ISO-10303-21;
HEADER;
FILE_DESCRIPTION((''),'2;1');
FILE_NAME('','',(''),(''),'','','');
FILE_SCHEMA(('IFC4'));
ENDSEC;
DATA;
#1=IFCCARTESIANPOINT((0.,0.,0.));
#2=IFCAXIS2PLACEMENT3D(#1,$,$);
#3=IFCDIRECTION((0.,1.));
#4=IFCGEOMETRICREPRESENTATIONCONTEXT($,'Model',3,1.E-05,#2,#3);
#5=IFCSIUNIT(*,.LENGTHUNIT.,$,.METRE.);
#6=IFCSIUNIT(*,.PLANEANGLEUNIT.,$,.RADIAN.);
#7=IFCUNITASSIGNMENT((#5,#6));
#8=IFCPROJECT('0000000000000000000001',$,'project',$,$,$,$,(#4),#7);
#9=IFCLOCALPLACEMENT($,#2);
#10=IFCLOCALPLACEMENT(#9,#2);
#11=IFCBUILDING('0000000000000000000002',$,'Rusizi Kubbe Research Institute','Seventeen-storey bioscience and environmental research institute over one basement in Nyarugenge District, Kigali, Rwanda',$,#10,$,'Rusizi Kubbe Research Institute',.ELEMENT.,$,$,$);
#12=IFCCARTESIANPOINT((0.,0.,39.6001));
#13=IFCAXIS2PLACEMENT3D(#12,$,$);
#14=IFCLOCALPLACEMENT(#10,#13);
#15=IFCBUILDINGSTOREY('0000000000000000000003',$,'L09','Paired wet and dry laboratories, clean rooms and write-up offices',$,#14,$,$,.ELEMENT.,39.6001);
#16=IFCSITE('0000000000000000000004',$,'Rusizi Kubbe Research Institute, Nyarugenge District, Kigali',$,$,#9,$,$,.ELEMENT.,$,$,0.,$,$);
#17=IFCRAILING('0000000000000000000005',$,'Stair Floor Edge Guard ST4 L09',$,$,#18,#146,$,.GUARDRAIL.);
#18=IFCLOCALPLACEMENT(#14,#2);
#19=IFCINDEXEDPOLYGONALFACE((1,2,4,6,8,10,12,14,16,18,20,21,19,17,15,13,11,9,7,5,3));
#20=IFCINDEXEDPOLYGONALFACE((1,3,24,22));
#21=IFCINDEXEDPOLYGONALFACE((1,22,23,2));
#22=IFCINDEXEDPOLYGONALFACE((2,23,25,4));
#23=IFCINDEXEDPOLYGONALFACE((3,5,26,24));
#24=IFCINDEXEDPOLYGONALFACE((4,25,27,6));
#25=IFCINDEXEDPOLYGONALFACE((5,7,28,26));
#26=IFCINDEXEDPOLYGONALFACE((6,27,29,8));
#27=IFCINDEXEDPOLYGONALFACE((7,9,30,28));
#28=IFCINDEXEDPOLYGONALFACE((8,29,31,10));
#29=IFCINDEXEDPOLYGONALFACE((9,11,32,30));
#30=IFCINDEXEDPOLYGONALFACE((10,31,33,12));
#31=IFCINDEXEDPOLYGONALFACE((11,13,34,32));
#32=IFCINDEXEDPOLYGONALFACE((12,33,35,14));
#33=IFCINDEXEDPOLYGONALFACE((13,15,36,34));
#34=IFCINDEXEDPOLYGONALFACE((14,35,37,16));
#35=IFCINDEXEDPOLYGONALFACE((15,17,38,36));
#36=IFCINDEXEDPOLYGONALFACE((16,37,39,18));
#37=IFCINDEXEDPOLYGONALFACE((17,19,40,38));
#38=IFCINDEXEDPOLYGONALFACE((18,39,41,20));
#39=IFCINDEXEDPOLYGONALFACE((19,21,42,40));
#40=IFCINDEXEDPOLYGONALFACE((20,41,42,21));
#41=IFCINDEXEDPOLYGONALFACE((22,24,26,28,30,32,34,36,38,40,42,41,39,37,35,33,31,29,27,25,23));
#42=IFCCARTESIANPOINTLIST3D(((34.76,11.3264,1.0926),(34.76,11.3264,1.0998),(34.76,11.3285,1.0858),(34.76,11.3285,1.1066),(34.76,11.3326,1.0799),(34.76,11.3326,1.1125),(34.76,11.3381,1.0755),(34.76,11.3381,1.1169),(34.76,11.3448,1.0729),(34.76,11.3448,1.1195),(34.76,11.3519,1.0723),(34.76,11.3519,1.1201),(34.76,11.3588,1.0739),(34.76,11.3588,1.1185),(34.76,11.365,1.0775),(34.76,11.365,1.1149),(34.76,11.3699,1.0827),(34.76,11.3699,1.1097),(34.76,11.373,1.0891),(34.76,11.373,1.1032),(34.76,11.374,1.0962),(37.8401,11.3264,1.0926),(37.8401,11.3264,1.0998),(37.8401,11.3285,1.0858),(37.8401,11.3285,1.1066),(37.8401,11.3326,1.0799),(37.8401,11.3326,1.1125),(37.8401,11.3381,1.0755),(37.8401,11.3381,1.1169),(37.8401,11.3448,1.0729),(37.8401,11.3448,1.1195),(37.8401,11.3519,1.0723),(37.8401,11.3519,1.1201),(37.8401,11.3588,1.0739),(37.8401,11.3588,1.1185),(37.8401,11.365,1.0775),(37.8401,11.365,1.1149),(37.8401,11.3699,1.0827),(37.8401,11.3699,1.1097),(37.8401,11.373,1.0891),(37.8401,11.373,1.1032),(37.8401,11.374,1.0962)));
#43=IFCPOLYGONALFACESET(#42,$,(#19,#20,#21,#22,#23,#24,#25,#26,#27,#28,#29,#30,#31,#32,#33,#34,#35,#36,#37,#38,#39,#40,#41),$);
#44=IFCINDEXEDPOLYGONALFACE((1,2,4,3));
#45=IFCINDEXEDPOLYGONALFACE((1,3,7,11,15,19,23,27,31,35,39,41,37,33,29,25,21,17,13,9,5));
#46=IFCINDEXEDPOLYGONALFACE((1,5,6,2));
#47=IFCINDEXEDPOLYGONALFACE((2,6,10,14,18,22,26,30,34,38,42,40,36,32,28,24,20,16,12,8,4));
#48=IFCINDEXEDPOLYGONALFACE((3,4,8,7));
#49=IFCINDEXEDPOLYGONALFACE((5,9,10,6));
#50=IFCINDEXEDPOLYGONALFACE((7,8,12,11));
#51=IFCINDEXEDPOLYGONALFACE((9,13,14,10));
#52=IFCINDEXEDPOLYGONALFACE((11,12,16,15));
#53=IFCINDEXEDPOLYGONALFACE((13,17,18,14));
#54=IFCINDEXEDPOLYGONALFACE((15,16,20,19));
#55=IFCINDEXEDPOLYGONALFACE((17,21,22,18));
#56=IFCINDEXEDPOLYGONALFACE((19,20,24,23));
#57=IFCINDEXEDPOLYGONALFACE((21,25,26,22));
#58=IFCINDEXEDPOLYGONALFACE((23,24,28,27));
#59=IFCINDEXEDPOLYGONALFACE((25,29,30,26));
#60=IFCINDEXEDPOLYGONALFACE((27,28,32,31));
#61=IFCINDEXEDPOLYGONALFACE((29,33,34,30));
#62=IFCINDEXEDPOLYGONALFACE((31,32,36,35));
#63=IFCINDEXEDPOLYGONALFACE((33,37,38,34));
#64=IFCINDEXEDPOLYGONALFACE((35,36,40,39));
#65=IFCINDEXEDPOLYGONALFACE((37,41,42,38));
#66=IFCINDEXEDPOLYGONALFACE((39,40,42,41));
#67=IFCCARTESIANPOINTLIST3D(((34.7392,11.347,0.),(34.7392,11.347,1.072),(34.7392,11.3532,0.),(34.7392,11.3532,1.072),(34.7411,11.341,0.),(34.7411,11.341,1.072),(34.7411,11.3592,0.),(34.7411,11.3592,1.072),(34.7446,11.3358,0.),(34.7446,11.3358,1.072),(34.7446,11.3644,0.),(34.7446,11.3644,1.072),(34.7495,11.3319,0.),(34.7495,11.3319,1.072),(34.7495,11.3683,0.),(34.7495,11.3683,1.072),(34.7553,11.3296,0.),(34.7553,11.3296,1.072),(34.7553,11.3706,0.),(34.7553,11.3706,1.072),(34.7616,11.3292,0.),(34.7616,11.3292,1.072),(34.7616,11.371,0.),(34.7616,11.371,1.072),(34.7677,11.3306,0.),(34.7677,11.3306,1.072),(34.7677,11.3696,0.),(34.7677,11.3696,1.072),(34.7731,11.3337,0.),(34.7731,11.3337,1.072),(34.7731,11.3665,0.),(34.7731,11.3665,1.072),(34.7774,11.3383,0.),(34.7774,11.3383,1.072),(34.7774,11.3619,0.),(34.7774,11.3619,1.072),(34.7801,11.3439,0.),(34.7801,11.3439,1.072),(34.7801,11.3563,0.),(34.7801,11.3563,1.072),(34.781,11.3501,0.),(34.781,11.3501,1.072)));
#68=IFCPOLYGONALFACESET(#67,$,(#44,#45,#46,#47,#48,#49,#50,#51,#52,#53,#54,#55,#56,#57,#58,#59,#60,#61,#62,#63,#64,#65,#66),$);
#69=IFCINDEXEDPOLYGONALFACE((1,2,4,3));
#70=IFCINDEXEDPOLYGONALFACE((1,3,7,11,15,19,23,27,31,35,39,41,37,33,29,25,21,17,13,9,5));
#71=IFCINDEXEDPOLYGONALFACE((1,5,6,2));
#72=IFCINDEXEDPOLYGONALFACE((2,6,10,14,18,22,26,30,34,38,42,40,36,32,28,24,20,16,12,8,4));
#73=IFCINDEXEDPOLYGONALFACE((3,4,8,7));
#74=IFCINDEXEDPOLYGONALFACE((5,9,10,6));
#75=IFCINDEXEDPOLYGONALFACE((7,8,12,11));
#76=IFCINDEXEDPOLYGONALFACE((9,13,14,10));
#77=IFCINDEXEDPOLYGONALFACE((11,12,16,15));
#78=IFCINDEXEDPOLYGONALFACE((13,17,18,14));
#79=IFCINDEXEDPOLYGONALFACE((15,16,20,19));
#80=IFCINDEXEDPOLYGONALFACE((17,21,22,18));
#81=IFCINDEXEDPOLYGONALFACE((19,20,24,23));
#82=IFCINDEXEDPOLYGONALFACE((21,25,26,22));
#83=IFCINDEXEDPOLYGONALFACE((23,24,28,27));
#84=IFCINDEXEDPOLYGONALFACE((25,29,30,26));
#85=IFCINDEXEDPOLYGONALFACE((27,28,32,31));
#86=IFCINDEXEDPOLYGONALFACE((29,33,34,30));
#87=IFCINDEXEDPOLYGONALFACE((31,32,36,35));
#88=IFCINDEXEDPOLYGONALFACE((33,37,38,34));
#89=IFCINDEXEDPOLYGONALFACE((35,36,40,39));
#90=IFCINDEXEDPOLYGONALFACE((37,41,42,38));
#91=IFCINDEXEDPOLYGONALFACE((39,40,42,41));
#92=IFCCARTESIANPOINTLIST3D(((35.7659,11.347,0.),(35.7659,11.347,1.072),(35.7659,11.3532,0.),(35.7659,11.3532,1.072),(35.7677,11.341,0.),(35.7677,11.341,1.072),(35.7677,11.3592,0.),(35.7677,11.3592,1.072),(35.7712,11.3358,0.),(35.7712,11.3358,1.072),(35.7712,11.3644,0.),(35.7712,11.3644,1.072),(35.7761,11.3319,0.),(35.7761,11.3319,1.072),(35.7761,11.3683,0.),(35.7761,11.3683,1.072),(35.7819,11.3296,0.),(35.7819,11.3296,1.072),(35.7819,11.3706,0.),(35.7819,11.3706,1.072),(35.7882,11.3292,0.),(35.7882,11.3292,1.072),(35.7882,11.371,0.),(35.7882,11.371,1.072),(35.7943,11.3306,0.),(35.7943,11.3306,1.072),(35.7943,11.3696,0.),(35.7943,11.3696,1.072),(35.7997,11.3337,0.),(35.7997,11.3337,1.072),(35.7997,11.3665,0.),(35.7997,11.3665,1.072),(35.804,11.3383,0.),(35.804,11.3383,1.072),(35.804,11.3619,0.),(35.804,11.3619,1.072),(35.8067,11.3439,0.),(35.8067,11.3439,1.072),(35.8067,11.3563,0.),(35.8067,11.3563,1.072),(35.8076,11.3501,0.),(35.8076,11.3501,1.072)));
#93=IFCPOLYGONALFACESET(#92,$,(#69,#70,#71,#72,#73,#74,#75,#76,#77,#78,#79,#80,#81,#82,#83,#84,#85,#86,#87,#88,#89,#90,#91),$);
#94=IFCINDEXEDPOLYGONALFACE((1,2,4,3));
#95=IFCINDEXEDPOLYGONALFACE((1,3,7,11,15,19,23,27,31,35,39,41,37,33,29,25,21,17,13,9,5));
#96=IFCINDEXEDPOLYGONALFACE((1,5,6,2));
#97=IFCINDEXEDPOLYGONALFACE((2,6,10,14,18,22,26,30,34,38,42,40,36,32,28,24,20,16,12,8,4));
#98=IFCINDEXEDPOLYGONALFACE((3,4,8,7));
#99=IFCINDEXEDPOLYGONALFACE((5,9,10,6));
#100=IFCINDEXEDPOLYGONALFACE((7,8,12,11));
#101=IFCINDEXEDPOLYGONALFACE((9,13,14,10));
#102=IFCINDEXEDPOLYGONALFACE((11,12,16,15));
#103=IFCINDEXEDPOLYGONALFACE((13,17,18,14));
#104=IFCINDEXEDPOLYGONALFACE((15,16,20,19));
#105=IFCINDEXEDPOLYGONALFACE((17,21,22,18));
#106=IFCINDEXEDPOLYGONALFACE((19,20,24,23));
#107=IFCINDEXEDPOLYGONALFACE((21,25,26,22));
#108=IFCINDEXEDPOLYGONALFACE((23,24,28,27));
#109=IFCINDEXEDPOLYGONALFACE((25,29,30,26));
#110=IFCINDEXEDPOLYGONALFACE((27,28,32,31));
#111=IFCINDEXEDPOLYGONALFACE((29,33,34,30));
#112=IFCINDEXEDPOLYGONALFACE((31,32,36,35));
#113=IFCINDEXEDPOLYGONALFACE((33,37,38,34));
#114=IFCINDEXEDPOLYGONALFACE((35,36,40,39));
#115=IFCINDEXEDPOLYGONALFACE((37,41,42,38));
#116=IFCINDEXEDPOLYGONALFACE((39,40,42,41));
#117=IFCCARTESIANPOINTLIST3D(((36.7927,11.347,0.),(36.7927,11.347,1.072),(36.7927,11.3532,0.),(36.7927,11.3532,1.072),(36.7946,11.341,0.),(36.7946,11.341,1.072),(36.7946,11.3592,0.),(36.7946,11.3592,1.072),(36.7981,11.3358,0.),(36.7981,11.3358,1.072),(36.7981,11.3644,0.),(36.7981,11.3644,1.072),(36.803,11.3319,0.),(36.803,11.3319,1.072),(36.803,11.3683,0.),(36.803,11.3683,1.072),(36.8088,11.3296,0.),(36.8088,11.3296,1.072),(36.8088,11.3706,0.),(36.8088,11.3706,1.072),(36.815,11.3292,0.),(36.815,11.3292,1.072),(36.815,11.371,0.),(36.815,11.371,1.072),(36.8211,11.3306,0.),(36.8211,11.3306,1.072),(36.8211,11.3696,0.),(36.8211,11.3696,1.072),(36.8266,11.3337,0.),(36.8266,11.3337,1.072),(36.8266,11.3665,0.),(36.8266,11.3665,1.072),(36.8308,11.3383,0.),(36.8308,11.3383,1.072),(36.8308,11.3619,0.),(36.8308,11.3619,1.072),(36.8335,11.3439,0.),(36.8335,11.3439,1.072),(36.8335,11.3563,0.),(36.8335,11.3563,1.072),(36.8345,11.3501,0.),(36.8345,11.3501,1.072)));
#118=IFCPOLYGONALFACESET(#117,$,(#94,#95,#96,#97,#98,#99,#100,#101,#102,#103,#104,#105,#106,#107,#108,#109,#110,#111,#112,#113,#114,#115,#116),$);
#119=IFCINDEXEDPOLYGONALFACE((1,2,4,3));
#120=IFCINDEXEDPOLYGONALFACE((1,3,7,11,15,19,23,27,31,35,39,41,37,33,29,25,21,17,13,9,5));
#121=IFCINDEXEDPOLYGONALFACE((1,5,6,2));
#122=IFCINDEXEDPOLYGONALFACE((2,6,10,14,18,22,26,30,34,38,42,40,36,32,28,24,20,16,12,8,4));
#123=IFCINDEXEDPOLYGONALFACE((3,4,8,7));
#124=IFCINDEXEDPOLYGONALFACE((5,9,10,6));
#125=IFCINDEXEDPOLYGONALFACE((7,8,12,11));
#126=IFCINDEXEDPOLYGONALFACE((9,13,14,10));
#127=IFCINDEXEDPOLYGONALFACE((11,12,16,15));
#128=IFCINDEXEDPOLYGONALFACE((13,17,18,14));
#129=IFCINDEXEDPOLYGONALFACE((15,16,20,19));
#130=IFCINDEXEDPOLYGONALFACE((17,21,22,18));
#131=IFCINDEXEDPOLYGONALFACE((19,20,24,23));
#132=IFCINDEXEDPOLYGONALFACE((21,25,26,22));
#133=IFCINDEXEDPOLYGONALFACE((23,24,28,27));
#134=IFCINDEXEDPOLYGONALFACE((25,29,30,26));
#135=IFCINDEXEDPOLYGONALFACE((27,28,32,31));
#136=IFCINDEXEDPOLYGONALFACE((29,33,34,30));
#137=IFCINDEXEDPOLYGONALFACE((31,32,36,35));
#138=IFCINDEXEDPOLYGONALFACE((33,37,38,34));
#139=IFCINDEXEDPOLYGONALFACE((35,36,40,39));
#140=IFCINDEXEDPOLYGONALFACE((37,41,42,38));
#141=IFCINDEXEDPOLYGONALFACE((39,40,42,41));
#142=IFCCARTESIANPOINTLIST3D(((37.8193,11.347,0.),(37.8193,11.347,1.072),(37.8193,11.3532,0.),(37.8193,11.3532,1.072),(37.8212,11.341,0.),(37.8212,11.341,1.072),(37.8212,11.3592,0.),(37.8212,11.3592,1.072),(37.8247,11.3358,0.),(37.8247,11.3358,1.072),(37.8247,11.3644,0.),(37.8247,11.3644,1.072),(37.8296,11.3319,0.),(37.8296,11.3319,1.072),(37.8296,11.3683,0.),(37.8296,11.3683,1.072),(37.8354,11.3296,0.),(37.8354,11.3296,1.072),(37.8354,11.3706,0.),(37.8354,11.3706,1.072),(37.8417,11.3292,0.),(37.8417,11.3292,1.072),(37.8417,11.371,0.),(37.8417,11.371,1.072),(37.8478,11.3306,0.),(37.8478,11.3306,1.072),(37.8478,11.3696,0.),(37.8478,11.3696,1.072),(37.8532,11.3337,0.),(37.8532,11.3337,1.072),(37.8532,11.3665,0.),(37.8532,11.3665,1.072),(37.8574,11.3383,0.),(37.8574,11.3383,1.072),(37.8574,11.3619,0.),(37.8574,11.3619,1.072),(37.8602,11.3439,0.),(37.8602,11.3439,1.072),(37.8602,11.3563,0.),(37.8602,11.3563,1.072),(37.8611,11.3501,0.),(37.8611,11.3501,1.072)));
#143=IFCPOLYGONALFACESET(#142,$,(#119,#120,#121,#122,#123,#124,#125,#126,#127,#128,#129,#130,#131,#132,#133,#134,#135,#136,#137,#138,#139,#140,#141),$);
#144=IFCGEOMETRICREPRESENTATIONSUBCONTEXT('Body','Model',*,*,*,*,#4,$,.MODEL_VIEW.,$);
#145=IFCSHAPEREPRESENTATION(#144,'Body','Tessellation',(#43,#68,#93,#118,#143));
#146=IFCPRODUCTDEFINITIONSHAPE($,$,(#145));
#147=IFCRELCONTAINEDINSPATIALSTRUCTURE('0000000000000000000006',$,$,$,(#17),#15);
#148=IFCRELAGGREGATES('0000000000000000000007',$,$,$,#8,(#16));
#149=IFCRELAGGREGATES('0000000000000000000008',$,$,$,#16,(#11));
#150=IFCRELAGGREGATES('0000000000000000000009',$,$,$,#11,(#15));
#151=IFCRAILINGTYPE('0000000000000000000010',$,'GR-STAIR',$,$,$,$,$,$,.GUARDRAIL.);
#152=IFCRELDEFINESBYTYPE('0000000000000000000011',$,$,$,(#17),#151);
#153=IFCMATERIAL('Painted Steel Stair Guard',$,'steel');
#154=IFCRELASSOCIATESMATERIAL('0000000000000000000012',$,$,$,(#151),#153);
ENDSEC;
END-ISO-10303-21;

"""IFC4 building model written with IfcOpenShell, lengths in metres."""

from ifc_helpers import new_model, si_unit, direction, frame, origin, origin_2d, place, context, subcontext, project, spatial, circle, extrude, material, type_object, element, save


model = new_model("IFC4")

# Units and contexts
model_context = context("Model", 3, precision=1e-05, world=origin(), true_north=direction((0.0, 1.0)))
body_context = subcontext(model_context, "Body", "Model", "MODEL_VIEW")
ifc_project = project(units=[si_unit("LENGTHUNIT", "METRE"), si_unit("PLANEANGLEUNIT", "RADIAN")], contexts=[model_context])

# Site, building, storey
site_placement = place(None, origin())
site = spatial("IfcSite", under=ifc_project, at=site_placement, Name="Rusizi Kubbe Research Institute, Nyarugenge District, Kigali", CompositionType="ELEMENT", RefElevation=0.0)
building_placement = place(site_placement, origin())
building = spatial("IfcBuilding", under=site, at=building_placement, Name="Rusizi Kubbe Research Institute", Description="Seventeen-storey bioscience and environmental research institute over one basement in Nyarugenge District, Kigali, Rwanda", LongName="Rusizi Kubbe Research Institute", CompositionType="ELEMENT")
storey_placement = place(building_placement, frame((0.0, 0.0, 39.6001)))
storey = spatial("IfcBuildingStorey", under=building, at=storey_placement, Name="L09", Description="Paired wet and dry laboratories, clean rooms and write-up offices", CompositionType="ELEMENT", Elevation=39.6001)

# Railing
ifc_material_1 = material(Name="Painted Steel Stair Guard", Category="steel")
railing_type = type_object("IfcRailingType", Name="GR-STAIR", PredefinedType="GUARDRAIL", material=ifc_material_1)
railing_1_placement = place(storey_placement, frame((34.76, 11.3501, 0.0)))
element("IfcRailing", 1, at=railing_1_placement, inside=storey, type_object=railing_type, Name="Stair Floor Edge Guard ST4 L09", PredefinedType="GUARDRAIL", context=body_context, shape_type="SweptSolid", body=[
    extrude(circle(Radius=0.0239, at=origin_2d()), frame((0.0, 0.0, 1.0962), z_axis=(1.0, 0.0, 0.0), x_axis=(0.0, 1.0, 0.0)), (0.0, 0.0, 1.0), 3.0801),
    extrude(circle(Radius=0.021, at=origin_2d()), origin(), (0.0, 0.0, 1.0), 1.072),
    extrude(circle(Radius=0.021, at=origin_2d()), frame((1.0266, 0.0, 0.0)), (0.0, 0.0, 1.0), 1.072),
    extrude(circle(Radius=0.021, at=origin_2d()), frame((2.0535, 0.0, 0.0)), (0.0, 0.0, 1.0), 1.072),
    extrude(circle(Radius=0.021, at=origin_2d()), frame((3.0801, 0.0, 0.0)), (0.0, 0.0, 1.0), 1.072),
])

save(model, "model.ifc")
